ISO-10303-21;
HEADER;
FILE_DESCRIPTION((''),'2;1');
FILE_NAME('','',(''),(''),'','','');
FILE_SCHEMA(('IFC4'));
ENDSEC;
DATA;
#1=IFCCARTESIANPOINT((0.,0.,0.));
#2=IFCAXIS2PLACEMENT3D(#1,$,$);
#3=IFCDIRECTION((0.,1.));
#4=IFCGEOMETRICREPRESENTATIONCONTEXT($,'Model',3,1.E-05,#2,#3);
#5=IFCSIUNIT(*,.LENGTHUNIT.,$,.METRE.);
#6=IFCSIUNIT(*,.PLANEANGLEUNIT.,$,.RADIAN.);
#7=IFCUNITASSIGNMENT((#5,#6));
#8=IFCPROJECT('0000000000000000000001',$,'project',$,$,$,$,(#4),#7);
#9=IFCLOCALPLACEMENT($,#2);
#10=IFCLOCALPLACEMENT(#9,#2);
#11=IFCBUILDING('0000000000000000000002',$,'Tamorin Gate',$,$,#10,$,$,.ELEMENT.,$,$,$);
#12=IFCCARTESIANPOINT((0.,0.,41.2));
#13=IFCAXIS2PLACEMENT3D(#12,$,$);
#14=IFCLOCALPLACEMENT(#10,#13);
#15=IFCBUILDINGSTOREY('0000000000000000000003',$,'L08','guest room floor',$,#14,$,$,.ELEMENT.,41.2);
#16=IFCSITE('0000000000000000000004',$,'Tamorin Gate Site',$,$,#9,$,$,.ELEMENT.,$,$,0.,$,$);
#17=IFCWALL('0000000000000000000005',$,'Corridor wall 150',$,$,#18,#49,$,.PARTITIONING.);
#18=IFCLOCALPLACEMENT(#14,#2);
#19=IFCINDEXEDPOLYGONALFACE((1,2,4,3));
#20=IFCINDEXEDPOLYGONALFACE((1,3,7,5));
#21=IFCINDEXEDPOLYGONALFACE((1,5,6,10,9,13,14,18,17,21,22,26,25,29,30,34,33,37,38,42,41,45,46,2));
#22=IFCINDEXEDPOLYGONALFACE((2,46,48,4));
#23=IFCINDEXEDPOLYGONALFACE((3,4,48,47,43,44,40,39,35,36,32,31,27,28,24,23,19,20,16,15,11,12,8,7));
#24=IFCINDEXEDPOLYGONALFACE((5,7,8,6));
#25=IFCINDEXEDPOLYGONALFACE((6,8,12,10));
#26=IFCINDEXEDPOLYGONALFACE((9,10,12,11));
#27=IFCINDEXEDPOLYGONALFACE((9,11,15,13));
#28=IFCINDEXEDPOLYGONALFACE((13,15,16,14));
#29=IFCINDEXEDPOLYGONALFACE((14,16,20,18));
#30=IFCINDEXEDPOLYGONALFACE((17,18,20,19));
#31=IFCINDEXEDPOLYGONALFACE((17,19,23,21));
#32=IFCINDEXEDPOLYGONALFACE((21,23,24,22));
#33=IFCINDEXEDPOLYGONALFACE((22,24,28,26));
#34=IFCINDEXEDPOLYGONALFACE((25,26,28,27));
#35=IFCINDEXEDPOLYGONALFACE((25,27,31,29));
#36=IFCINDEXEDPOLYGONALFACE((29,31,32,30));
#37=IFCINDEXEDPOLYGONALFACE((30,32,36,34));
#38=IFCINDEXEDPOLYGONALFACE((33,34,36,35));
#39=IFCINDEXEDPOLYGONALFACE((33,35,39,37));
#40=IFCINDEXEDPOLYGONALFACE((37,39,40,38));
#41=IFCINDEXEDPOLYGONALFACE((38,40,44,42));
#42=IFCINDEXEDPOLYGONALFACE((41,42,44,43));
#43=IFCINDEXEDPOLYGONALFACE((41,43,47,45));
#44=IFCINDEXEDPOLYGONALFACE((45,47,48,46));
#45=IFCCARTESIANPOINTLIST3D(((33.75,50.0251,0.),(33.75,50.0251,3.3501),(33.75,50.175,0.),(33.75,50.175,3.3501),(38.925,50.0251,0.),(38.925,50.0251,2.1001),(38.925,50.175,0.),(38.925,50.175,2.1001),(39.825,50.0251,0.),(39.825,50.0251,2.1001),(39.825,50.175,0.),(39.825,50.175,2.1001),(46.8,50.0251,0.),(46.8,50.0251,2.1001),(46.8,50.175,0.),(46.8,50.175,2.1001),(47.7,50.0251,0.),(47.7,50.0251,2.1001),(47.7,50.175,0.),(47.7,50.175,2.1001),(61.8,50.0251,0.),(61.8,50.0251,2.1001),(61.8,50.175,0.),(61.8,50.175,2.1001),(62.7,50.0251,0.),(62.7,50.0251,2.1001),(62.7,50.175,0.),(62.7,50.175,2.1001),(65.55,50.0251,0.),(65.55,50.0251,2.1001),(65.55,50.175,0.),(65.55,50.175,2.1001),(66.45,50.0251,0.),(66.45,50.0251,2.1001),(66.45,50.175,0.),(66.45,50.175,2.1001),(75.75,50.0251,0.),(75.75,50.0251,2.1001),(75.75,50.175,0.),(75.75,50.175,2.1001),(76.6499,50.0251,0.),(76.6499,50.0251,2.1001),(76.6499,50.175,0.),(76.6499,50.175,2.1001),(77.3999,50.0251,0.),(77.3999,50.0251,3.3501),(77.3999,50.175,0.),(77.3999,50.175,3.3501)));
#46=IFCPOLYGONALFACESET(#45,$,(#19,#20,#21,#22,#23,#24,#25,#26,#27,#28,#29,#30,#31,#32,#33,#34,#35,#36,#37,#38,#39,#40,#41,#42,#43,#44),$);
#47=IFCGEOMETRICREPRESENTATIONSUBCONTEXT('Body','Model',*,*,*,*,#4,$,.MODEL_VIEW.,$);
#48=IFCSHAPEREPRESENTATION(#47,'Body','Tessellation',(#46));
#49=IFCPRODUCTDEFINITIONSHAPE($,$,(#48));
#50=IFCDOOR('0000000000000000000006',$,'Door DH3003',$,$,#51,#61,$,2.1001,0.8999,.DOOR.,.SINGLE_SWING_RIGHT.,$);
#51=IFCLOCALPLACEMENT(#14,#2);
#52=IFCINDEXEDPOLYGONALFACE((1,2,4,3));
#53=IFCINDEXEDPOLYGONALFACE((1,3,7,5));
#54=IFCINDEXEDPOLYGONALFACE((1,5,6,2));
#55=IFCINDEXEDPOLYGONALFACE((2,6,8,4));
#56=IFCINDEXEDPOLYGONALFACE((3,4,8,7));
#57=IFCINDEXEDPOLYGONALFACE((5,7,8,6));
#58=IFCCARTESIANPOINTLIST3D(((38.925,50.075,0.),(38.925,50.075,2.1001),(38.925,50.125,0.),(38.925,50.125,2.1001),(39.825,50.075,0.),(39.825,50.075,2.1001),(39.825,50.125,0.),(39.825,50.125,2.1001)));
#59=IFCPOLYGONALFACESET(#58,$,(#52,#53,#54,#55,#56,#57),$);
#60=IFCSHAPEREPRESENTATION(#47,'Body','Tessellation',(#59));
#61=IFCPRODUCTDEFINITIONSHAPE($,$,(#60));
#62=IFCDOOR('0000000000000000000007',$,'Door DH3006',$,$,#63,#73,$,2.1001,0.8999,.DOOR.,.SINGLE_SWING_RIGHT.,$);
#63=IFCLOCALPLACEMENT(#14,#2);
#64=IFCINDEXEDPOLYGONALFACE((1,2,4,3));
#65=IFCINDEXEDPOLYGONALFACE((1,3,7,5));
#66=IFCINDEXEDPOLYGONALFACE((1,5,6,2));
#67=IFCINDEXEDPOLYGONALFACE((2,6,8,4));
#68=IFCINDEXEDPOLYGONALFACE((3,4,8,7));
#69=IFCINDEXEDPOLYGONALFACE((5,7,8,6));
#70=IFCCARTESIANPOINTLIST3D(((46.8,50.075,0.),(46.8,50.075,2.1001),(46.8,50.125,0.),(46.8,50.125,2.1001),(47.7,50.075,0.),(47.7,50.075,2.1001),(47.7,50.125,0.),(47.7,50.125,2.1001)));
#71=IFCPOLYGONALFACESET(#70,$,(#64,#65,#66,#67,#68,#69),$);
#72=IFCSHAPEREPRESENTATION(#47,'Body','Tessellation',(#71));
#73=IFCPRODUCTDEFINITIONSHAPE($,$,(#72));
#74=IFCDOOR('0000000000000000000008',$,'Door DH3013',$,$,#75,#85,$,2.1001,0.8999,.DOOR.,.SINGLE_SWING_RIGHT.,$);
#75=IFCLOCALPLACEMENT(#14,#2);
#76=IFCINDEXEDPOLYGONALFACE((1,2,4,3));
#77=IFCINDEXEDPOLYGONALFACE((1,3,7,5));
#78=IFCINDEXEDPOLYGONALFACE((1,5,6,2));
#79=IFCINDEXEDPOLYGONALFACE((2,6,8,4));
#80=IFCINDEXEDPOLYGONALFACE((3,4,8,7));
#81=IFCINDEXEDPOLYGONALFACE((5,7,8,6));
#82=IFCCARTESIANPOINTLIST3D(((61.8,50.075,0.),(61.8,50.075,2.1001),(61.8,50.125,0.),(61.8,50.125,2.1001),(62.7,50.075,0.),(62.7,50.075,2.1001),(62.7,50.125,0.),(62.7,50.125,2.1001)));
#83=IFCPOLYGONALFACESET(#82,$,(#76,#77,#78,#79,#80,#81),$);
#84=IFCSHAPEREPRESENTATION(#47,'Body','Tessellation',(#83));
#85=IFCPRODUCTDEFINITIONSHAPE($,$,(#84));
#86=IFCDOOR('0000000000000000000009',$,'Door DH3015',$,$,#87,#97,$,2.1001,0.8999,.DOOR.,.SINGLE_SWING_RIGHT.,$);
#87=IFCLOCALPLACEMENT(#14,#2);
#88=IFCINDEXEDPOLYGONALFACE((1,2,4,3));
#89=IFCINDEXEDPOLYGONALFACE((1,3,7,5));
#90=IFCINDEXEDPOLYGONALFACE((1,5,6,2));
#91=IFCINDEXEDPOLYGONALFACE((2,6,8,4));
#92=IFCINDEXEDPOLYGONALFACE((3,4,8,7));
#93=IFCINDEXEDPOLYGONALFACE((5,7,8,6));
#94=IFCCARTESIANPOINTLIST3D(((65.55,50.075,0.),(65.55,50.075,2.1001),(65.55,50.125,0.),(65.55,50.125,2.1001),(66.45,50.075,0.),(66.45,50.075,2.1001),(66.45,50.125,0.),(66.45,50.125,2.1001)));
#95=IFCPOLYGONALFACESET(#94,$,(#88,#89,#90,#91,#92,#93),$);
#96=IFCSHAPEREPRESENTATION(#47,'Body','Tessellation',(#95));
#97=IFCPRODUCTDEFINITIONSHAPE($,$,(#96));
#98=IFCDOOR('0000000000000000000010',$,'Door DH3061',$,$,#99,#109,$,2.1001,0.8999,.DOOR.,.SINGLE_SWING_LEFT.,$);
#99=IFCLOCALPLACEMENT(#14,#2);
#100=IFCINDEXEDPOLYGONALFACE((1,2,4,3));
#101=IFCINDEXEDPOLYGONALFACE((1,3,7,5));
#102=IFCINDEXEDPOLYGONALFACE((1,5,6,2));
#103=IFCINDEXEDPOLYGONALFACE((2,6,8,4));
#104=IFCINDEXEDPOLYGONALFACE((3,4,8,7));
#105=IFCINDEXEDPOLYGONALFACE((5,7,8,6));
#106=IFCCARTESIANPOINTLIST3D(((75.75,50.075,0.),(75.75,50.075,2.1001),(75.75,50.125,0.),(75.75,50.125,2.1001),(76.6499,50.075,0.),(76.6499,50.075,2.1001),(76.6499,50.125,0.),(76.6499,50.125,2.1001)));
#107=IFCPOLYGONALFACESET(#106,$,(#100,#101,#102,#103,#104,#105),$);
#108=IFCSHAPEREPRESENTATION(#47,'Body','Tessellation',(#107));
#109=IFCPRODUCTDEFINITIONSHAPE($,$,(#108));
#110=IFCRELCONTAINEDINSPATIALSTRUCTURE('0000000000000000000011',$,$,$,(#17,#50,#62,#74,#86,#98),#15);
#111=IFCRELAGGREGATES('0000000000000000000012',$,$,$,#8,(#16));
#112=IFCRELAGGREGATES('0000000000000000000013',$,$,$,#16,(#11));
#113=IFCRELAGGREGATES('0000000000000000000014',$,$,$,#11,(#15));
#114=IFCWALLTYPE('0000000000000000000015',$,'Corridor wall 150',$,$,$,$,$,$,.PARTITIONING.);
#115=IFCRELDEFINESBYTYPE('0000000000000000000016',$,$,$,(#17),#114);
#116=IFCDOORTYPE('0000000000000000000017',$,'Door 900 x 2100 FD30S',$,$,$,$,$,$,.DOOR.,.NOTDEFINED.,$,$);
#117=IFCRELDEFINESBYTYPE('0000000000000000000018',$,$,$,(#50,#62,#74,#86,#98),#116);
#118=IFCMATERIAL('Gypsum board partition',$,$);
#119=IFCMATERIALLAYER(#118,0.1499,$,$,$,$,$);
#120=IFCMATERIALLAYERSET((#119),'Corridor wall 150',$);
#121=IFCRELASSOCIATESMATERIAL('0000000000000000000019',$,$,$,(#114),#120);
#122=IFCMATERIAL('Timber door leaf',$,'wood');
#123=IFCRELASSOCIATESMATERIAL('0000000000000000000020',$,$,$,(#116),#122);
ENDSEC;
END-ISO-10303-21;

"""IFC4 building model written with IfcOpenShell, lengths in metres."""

from ifc_helpers import new_model, si_unit, direction, frame, frame_2d, origin, place, context, subcontext, project, spatial, rectangle, extrude, material, layer, layer_set, type_object, element, fill, save


model = new_model("IFC4")

# Units and contexts
model_context = context("Model", 3, precision=1e-05, world=origin(), true_north=direction((0.0, 1.0)))
body_context = subcontext(model_context, "Body", "Model", "MODEL_VIEW")
ifc_project = project(units=[si_unit("LENGTHUNIT", "METRE"), si_unit("PLANEANGLEUNIT", "RADIAN")], contexts=[model_context])

# Site, building, storey
site_placement = place(None, origin())
site = spatial("IfcSite", under=ifc_project, at=site_placement, Name="Tamorin Gate Site", CompositionType="ELEMENT", RefElevation=0.0)
building_placement = place(site_placement, origin())
building = spatial("IfcBuilding", under=site, at=building_placement, Name="Tamorin Gate", CompositionType="ELEMENT")
storey_placement = place(building_placement, frame((0.0, 0.0, 41.2)))
storey = spatial("IfcBuildingStorey", under=building, at=storey_placement, Name="L08", Description="guest room floor", CompositionType="ELEMENT", Elevation=41.2)

# Wall, openings, doors
ifc_material_1 = material(Name="Gypsum board partition")
ifc_layer_1 = layer(ifc_material_1, 0.1499)
ifc_layer_set_1 = layer_set([ifc_layer_1], Name="Corridor wall 150")
wall_type_1 = type_object("IfcWallType", Name="Corridor wall 150", PredefinedType="PARTITIONING", material=ifc_layer_set_1)
wall_1_placement = place(storey_placement, frame((33.75, 50.1001, 0.0), z_axis=(0.0, 0.0, 1.0), x_axis=(1.0, 0.0, 0.0)))
wall_1 = element("IfcWall", 1, at=wall_1_placement, inside=storey, type_object=wall_type_1, Name="Corridor wall 150", PredefinedType="PARTITIONING", context=body_context, shape_type="SweptSolid", body=[
    extrude(rectangle(XDim=43.6499, YDim=0.1499, at=frame_2d((21.825, 0.0))), origin(), (0.0, 0.0, 1.0), 3.3501),
])
opening_1_placement = place(wall_1_placement, frame((5.175, 0.0, 0.0)))
opening_1 = element("IfcOpeningElement", 2, at=opening_1_placement, cuts=wall_1, PredefinedType="OPENING", context=body_context, shape_type="SweptSolid", body=[
    extrude(rectangle(XDim=0.8999, YDim=2.1001, at=frame_2d((0.45, 1.05))), frame((0.0, 0.085, 0.0), z_axis=(0.0, -1.0, 0.0), x_axis=(1.0, 0.0, 0.0)), (0.0, 0.0, 1.0), 0.1699),
])
opening_2_placement = place(wall_1_placement, frame((13.05, 0.0, 0.0)))
opening_2 = element("IfcOpeningElement", 3, at=opening_2_placement, cuts=wall_1, PredefinedType="OPENING", context=body_context, shape_type="SweptSolid", body=[
    extrude(rectangle(XDim=0.8999, YDim=2.1001, at=frame_2d((0.45, 1.05))), frame((0.0, 0.085, 0.0), z_axis=(0.0, -1.0, 0.0), x_axis=(1.0, 0.0, 0.0)), (0.0, 0.0, 1.0), 0.1699),
])
opening_3_placement = place(wall_1_placement, frame((28.05, 0.0, 0.0)))
opening_3 = element("IfcOpeningElement", 4, at=opening_3_placement, cuts=wall_1, PredefinedType="OPENING", context=body_context, shape_type="SweptSolid", body=[
    extrude(rectangle(XDim=0.8999, YDim=2.1001, at=frame_2d((0.45, 1.05))), frame((0.0, 0.085, 0.0), z_axis=(0.0, -1.0, 0.0), x_axis=(1.0, 0.0, 0.0)), (0.0, 0.0, 1.0), 0.1699),
])
opening_4_placement = place(wall_1_placement, frame((31.8, 0.0, 0.0)))
opening_4 = element("IfcOpeningElement", 5, at=opening_4_placement, cuts=wall_1, PredefinedType="OPENING", context=body_context, shape_type="SweptSolid", body=[
    extrude(rectangle(XDim=0.8999, YDim=2.1001, at=frame_2d((0.45, 1.05))), frame((0.0, 0.085, 0.0), z_axis=(0.0, -1.0, 0.0), x_axis=(1.0, 0.0, 0.0)), (0.0, 0.0, 1.0), 0.1699),
])
opening_5_placement = place(wall_1_placement, frame((42.0, 0.0, 0.0)))
opening_5 = element("IfcOpeningElement", 6, at=opening_5_placement, cuts=wall_1, PredefinedType="OPENING", context=body_context, shape_type="SweptSolid", body=[
    extrude(rectangle(XDim=0.8999, YDim=2.1001, at=frame_2d((0.45, 1.05))), frame((0.0, 0.085, 0.0), z_axis=(0.0, -1.0, 0.0), x_axis=(1.0, 0.0, 0.0)), (0.0, 0.0, 1.0), 0.1699),
])
ifc_material_2 = material(Name="Timber door leaf", Category="wood")
door_type_1 = type_object("IfcDoorType", Name="Door 900 x 2100 FD30S", OperationType="NOTDEFINED", PredefinedType="DOOR", material=ifc_material_2)
door_1_placement = place(opening_1_placement, origin())
door_1 = element("IfcDoor", 7, at=door_1_placement, inside=storey, type_object=door_type_1, Name="Door DH3003", OperationType="SINGLE_SWING_RIGHT", OverallHeight=2.1001, OverallWidth=0.8999, PredefinedType="DOOR", context=body_context, shape_type="SweptSolid", body=[
    extrude(rectangle(XDim=0.8999, YDim=2.1001, at=frame_2d((0.45, 1.05))), frame((0.0, 0.0249, 0.0), z_axis=(0.0, -1.0, 0.0), x_axis=(1.0, 0.0, 0.0)), (0.0, 0.0, 1.0), 0.05),
])
fill(opening_1, door_1)
door_2_placement = place(opening_2_placement, origin())
door_2 = element("IfcDoor", 8, at=door_2_placement, inside=storey, type_object=door_type_1, Name="Door DH3006", OperationType="SINGLE_SWING_RIGHT", OverallHeight=2.1001, OverallWidth=0.8999, PredefinedType="DOOR", context=body_context, shape_type="SweptSolid", body=[
    extrude(rectangle(XDim=0.8999, YDim=2.1001, at=frame_2d((0.45, 1.05))), frame((0.0, 0.0249, 0.0), z_axis=(0.0, -1.0, 0.0), x_axis=(1.0, 0.0, 0.0)), (0.0, 0.0, 1.0), 0.05),
])
fill(opening_2, door_2)
door_3_placement = place(opening_3_placement, origin())
door_3 = element("IfcDoor", 9, at=door_3_placement, inside=storey, type_object=door_type_1, Name="Door DH3013", OperationType="SINGLE_SWING_RIGHT", OverallHeight=2.1001, OverallWidth=0.8999, PredefinedType="DOOR", context=body_context, shape_type="SweptSolid", body=[
    extrude(rectangle(XDim=0.8999, YDim=2.1001, at=frame_2d((0.45, 1.05))), frame((0.0, 0.0249, 0.0), z_axis=(0.0, -1.0, 0.0), x_axis=(1.0, 0.0, 0.0)), (0.0, 0.0, 1.0), 0.05),
])
fill(opening_3, door_3)
door_4_placement = place(opening_4_placement, origin())
door_4 = element("IfcDoor", 10, at=door_4_placement, inside=storey, type_object=door_type_1, Name="Door DH3015", OperationType="SINGLE_SWING_RIGHT", OverallHeight=2.1001, OverallWidth=0.8999, PredefinedType="DOOR", context=body_context, shape_type="SweptSolid", body=[
    extrude(rectangle(XDim=0.8999, YDim=2.1001, at=frame_2d((0.45, 1.05))), frame((0.0, 0.0249, 0.0), z_axis=(0.0, -1.0, 0.0), x_axis=(1.0, 0.0, 0.0)), (0.0, 0.0, 1.0), 0.05),
])
fill(opening_4, door_4)
door_5_placement = place(opening_5_placement, origin())
door_5 = element("IfcDoor", 11, at=door_5_placement, inside=storey, type_object=door_type_1, Name="Door DH3061", OperationType="SINGLE_SWING_LEFT", OverallHeight=2.1001, OverallWidth=0.8999, PredefinedType="DOOR", context=body_context, shape_type="SweptSolid", body=[
    extrude(rectangle(XDim=0.8999, YDim=2.1001, at=frame_2d((0.45, 1.05))), frame((0.0, 0.0249, 0.0), z_axis=(0.0, -1.0, 0.0), x_axis=(1.0, 0.0, 0.0)), (0.0, 0.0, 1.0), 0.05),
])
fill(opening_5, door_5)

save(model, "model.ifc")
